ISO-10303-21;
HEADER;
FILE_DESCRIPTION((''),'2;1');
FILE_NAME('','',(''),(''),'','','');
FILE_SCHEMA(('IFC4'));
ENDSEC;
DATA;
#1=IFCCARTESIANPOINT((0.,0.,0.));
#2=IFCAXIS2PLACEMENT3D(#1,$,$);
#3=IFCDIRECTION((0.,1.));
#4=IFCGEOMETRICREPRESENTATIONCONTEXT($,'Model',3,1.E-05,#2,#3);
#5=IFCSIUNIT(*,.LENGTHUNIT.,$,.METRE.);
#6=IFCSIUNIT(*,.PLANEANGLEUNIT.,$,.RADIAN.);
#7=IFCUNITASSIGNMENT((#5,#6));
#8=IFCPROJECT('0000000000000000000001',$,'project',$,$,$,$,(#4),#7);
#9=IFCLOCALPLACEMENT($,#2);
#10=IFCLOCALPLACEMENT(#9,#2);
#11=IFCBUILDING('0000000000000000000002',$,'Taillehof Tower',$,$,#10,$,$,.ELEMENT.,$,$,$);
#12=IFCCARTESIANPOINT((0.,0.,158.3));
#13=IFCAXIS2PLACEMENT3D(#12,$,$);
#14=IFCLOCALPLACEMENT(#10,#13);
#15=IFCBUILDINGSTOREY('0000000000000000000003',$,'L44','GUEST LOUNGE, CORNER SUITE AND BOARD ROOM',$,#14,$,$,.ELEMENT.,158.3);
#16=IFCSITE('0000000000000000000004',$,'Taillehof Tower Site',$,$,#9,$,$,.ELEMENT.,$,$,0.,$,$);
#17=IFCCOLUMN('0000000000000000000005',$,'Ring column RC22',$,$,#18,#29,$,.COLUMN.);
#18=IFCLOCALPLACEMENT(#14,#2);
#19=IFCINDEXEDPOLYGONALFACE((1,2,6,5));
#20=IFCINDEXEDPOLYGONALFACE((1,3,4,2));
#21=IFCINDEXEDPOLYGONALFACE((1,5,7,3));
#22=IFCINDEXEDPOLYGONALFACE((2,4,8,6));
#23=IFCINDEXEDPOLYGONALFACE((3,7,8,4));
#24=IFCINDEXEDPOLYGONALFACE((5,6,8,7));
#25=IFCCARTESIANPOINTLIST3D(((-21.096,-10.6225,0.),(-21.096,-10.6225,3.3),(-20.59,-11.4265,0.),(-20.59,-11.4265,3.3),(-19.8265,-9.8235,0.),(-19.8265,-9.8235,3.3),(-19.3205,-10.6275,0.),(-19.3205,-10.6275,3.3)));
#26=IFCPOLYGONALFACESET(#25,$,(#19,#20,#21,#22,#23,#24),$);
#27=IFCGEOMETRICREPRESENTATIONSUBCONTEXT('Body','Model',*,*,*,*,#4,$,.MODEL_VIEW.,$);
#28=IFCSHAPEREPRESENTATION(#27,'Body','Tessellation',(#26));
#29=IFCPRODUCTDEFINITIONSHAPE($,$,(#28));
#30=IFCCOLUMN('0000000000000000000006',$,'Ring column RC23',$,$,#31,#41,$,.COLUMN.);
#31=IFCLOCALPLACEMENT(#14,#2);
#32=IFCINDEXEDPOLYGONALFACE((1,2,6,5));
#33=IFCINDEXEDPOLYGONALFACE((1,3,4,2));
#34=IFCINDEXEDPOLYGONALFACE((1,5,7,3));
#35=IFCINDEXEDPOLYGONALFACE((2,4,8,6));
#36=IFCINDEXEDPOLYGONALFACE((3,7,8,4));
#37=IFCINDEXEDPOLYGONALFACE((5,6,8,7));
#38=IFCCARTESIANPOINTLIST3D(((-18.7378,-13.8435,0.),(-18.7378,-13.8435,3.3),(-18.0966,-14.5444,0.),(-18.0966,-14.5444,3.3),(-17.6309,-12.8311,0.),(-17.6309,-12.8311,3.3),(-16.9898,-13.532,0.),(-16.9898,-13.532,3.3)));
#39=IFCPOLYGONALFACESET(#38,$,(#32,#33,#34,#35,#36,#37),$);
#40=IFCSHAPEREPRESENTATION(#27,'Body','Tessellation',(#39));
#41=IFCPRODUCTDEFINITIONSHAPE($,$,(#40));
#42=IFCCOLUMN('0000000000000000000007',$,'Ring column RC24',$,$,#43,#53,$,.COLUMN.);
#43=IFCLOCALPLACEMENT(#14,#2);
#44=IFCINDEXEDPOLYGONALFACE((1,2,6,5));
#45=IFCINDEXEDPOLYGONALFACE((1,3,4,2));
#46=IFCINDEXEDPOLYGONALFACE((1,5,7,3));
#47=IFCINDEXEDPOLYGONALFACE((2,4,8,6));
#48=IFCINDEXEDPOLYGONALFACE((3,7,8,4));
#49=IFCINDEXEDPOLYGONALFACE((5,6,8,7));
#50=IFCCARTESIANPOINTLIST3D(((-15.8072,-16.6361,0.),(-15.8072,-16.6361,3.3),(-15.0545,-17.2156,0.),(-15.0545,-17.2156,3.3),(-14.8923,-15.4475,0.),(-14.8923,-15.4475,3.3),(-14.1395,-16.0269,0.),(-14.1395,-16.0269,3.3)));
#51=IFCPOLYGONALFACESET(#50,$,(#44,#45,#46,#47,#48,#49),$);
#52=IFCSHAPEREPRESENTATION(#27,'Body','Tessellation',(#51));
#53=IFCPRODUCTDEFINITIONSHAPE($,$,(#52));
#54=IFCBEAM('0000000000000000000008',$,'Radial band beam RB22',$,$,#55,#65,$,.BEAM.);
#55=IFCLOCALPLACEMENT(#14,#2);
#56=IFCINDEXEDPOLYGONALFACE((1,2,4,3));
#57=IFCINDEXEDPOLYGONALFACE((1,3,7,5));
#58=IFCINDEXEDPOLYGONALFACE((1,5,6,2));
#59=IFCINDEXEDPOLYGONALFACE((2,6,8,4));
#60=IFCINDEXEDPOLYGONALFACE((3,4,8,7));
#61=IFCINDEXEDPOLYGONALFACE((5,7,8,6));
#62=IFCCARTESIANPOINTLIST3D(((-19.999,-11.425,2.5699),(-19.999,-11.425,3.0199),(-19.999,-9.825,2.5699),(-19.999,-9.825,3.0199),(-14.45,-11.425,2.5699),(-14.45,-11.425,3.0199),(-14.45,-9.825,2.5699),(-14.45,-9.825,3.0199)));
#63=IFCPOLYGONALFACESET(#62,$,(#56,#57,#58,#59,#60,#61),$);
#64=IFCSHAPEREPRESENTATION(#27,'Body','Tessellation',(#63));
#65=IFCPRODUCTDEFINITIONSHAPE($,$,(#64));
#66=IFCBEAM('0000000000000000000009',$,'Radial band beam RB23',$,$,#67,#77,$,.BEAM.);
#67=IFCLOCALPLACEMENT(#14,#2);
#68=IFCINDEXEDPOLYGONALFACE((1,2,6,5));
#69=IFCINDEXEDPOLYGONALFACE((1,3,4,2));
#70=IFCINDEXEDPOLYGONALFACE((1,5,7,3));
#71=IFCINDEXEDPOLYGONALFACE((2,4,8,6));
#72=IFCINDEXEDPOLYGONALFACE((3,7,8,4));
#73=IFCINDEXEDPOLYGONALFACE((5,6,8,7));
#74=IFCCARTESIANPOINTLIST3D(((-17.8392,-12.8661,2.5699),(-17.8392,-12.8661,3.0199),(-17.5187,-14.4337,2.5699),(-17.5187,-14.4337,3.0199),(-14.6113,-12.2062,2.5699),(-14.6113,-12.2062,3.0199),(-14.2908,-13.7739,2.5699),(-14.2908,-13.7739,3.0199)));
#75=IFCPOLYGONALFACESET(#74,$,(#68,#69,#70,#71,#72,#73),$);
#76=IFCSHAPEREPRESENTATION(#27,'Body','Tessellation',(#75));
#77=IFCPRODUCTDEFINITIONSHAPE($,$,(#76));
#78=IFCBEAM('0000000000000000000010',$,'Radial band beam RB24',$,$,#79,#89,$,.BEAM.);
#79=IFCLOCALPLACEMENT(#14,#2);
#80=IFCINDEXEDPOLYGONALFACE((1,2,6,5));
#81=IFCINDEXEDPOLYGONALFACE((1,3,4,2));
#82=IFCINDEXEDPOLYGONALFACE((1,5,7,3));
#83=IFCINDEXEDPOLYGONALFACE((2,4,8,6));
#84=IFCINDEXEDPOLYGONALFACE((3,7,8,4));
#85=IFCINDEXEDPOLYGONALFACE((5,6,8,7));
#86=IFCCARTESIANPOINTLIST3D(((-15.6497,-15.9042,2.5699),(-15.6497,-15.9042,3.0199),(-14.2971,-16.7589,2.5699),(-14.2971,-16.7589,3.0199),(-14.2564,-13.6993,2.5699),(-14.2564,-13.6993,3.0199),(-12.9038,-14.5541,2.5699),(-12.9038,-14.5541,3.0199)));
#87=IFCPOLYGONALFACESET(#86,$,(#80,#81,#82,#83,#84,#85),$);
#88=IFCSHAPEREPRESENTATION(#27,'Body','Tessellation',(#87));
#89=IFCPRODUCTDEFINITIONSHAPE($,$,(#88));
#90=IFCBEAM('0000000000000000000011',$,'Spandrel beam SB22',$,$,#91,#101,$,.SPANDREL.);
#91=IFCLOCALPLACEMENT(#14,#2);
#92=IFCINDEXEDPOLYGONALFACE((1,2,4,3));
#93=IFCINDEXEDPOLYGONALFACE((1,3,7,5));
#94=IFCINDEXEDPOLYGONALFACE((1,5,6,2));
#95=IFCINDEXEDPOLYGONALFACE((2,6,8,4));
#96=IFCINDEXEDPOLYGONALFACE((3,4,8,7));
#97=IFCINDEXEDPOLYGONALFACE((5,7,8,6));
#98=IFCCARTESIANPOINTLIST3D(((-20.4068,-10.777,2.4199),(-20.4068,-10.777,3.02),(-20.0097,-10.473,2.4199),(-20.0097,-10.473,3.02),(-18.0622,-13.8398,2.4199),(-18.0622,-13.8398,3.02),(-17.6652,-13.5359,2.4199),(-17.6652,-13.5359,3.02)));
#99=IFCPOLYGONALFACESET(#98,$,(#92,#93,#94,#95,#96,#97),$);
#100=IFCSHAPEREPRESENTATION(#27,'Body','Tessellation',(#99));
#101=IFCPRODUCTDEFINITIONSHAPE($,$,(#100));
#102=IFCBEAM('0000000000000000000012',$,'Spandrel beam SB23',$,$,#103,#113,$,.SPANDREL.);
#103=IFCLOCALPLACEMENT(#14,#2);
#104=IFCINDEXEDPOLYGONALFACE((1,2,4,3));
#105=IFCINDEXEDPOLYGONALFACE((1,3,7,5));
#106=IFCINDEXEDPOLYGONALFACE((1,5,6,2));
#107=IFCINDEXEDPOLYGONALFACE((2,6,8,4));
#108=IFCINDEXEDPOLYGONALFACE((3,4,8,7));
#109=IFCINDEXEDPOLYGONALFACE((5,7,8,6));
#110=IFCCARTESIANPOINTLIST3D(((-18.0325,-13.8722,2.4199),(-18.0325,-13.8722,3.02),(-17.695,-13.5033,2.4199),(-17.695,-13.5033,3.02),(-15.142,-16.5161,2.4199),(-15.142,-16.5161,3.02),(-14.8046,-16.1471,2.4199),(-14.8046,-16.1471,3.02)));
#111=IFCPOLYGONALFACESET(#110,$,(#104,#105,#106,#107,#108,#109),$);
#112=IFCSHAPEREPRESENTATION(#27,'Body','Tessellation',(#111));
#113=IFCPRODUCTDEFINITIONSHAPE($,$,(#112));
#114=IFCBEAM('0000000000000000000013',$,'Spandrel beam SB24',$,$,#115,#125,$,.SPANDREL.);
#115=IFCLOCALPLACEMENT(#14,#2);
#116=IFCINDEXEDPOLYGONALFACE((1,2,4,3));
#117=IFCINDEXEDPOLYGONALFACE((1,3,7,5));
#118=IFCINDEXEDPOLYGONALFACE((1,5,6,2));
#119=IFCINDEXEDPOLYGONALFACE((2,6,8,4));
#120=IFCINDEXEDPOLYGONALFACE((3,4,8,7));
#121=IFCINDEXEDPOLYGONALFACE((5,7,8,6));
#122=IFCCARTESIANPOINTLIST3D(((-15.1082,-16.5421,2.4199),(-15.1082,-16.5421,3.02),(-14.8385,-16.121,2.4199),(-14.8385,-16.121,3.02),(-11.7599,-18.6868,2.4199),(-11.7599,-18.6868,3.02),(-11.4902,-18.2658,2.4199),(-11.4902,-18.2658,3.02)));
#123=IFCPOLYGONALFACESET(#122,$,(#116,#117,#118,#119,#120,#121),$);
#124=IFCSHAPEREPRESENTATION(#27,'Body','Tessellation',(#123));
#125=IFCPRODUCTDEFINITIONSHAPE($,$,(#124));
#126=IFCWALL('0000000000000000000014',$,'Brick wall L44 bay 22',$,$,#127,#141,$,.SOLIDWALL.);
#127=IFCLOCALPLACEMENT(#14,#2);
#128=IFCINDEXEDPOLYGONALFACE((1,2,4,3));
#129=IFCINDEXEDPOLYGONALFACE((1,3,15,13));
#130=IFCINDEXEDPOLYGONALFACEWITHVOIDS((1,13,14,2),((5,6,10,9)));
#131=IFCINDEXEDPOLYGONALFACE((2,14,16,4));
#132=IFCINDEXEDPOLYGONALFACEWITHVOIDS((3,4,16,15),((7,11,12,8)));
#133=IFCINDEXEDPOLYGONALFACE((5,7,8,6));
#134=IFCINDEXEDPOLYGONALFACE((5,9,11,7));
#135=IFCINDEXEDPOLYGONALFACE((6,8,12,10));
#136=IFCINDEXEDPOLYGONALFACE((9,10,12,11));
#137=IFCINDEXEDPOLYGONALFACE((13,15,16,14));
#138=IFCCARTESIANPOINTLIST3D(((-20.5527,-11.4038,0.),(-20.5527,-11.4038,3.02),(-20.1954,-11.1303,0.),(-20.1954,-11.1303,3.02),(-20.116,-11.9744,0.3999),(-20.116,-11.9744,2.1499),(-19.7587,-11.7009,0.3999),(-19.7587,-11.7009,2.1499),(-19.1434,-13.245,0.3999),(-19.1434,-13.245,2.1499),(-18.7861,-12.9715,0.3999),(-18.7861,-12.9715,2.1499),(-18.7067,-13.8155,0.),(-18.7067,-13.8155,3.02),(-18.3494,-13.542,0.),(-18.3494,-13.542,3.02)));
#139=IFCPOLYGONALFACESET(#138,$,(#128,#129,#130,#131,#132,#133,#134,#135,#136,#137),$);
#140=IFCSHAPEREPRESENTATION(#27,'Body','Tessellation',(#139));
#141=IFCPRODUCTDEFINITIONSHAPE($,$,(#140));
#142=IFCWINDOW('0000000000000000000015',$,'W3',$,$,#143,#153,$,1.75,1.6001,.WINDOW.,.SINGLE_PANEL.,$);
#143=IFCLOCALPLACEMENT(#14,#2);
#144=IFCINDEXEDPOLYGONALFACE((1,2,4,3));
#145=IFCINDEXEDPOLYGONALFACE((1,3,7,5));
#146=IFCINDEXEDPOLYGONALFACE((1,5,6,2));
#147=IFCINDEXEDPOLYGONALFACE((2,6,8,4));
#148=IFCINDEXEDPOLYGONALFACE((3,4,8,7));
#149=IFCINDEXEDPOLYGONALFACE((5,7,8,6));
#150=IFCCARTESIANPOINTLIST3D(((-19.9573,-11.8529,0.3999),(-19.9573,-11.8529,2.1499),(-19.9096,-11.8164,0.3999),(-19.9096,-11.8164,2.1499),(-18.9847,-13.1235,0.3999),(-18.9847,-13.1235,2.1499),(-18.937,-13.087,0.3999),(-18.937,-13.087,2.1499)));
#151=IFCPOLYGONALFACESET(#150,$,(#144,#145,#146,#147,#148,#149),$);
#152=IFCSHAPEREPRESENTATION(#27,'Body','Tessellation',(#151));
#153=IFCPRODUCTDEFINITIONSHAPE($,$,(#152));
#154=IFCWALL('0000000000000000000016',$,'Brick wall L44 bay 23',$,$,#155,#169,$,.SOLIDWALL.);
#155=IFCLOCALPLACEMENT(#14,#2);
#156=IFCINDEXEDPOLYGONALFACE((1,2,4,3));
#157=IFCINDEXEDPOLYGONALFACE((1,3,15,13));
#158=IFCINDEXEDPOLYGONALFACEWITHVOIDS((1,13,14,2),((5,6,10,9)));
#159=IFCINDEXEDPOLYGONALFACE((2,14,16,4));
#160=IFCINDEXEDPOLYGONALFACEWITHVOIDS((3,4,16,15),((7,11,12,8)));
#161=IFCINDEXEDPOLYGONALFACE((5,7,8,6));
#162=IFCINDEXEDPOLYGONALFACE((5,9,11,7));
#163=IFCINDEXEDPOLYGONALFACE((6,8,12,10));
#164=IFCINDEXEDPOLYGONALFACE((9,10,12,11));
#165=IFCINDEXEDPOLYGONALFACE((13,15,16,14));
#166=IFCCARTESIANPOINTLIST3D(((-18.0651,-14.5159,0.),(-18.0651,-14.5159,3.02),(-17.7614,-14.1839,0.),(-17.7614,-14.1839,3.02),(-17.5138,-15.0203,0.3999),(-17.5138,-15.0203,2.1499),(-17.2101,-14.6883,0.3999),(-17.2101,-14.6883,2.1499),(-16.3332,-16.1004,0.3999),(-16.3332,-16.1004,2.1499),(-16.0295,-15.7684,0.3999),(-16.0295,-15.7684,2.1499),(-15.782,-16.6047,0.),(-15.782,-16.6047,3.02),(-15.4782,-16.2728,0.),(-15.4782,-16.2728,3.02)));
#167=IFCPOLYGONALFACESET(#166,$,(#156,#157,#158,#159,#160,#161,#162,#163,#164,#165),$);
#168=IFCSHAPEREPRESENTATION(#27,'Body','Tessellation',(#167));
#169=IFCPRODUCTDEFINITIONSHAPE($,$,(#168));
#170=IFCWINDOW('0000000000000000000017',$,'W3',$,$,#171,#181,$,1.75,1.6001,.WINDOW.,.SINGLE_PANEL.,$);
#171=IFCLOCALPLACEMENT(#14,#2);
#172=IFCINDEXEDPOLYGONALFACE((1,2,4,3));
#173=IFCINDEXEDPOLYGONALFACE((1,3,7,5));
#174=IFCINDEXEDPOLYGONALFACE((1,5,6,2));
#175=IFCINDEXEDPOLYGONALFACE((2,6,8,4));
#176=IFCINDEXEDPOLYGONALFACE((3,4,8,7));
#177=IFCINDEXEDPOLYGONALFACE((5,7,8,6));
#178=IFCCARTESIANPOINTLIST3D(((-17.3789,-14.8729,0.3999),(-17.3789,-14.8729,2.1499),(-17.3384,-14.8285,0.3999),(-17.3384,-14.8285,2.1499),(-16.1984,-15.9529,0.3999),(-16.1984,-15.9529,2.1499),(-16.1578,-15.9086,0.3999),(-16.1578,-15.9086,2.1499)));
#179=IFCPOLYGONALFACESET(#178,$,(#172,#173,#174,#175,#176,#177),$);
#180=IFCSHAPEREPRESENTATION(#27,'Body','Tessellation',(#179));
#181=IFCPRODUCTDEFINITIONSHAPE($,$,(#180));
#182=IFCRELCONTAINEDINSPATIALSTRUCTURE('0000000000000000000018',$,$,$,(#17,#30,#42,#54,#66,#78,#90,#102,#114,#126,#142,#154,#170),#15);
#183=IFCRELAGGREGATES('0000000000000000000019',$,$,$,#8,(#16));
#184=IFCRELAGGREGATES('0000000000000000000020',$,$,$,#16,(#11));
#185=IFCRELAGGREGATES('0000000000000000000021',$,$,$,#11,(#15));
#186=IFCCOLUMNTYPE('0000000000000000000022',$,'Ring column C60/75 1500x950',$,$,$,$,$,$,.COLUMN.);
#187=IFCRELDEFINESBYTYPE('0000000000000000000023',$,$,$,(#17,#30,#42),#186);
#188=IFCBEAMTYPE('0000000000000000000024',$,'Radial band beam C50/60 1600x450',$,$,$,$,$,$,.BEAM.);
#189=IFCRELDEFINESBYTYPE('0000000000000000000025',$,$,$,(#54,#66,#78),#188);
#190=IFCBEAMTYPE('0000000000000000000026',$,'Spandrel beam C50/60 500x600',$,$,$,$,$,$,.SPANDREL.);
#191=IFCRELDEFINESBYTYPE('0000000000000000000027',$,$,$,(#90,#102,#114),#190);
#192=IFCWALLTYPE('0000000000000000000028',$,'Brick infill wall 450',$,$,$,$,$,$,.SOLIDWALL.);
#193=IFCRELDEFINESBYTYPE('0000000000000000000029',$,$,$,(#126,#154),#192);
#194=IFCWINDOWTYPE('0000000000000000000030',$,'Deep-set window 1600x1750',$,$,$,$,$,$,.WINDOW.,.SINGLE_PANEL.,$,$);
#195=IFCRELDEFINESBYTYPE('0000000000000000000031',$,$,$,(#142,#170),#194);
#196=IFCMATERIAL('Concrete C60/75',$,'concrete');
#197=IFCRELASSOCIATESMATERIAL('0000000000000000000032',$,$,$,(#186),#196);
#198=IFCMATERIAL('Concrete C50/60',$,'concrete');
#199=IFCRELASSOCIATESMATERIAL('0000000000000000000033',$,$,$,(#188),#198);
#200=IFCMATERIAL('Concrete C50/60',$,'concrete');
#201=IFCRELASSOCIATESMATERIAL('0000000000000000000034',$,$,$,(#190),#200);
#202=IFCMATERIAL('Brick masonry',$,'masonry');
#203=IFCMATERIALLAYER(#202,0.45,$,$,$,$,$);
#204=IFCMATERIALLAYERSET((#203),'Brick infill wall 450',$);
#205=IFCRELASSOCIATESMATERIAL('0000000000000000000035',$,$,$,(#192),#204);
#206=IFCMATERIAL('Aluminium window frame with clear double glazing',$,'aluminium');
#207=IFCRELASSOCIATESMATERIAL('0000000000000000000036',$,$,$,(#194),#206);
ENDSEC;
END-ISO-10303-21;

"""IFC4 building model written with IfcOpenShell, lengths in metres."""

from ifc_helpers import new_model, si_unit, direction, frame, frame_2d, origin, origin_2d, place, context, subcontext, project, spatial, rectangle, extrude, material, layer, layer_set, material_profile, profile_set, type_object, element, fill, save


model = new_model("IFC4")

# Units and contexts
model_context = context("Model", 3, precision=1e-05, world=origin(), true_north=direction((0.0, 1.0)))
body_context = subcontext(model_context, "Body", "Model", "MODEL_VIEW")
ifc_project = project(units=[si_unit("LENGTHUNIT", "METRE"), si_unit("PLANEANGLEUNIT", "RADIAN")], contexts=[model_context])

# Site, building, storey
site_placement = place(None, origin())
site = spatial("IfcSite", under=ifc_project, at=site_placement, Name="Taillehof Tower Site", CompositionType="ELEMENT", RefElevation=0.0)
building_placement = place(site_placement, origin())
building = spatial("IfcBuilding", under=site, at=building_placement, Name="Taillehof Tower", CompositionType="ELEMENT")
storey_placement = place(building_placement, frame((0.0, 0.0, 158.3)))
storey = spatial("IfcBuildingStorey", under=building, at=storey_placement, Name="L44", Description="GUEST LOUNGE, CORNER SUITE AND BOARD ROOM", CompositionType="ELEMENT", Elevation=158.3)

# Columns
ifc_material_1 = material(Name="Concrete C60/75", Category="concrete")
ifc_material_profile_1 = material_profile(ifc_material_1, rectangle(XDim=1.5, YDim=0.95, at=origin_2d()), Name="RC 1500x950")
ifc_profile_set_1 = profile_set([ifc_material_profile_1], Name="Concrete C60/75")
column_type = type_object("IfcColumnType", Name="Ring column C60/75 1500x950", PredefinedType="COLUMN", material=ifc_profile_set_1)
for number, where, z_axis, x_axis, name in (
    (1, (-20.2083, -10.625, 0.0), (0.0, 0.0, 1.0), (-0.846334, -0.532652, 0.0), "Ring column RC22"),
    (2, (-17.8638, -13.6877, 0.0), (0.0, 0.0, 1.0), (-0.737879, -0.674933, 0.0), "Ring column RC23"),
    (3, (-14.9734, -16.3315, 0.0), (0.0, 0.0, 1.0), (-0.609971, -0.792424, 0.0), "Ring column RC24"),
):
    element("IfcColumn", number, at=place(storey_placement, frame(where, z_axis=z_axis, x_axis=x_axis)), inside=storey, type_object=column_type, Name=name, PredefinedType="COLUMN", context=body_context, shape_type="SweptSolid", body=[
        extrude(rectangle(XDim=1.5, YDim=0.95, at=origin_2d()), origin(), (0.0, 0.0, 1.0), 3.3),
    ])

# Beams
ifc_material_2 = material(Name="Concrete C50/60", Category="concrete")
ifc_material_profile_2 = material_profile(ifc_material_2, rectangle(XDim=1.6001, YDim=0.45, at=origin_2d()), Name="RC 1600x450")
ifc_profile_set_2 = profile_set([ifc_material_profile_2], Name="Concrete C50/60")
beam_type_1 = type_object("IfcBeamType", Name="Radial band beam C50/60 1600x450", PredefinedType="BEAM", material=ifc_profile_set_2)
beam_1_placement = place(storey_placement, frame((-19.999, -10.625, 2.7949), z_axis=(1.0, 0.0, 0.0), x_axis=(0.0, 1.0, 0.0)))
element("IfcBeam", 4, at=beam_1_placement, inside=storey, type_object=beam_type_1, Name="Radial band beam RB22", PredefinedType="BEAM", context=body_context, shape_type="SweptSolid", body=[
    extrude(rectangle(XDim=1.6001, YDim=0.45, at=origin_2d()), origin(), (0.0, 0.0, 1.0), 5.5491),
])
beam_2_placement = place(storey_placement, frame((-17.679, -13.6499, 2.7949), z_axis=(0.979737, 0.20029, 0.0), x_axis=(-0.20029, 0.979737, 0.0)))
element("IfcBeam", 5, at=beam_2_placement, inside=storey, type_object=beam_type_1, Name="Radial band beam RB23", PredefinedType="BEAM", context=body_context, shape_type="SweptSolid", body=[
    extrude(rectangle(XDim=1.6001, YDim=0.45, at=origin_2d()), origin(), (0.0, 0.0, 1.0), 3.2947),
])
beam_3_placement = place(storey_placement, frame((-14.9734, -16.3315, 2.7949), z_axis=(0.534208, 0.845353, 0.0), x_axis=(-0.845353, 0.534208, 0.0)))
element("IfcBeam", 6, at=beam_3_placement, inside=storey, type_object=beam_type_1, Name="Radial band beam RB24", PredefinedType="BEAM", context=body_context, shape_type="SweptSolid", body=[
    extrude(rectangle(XDim=1.6001, YDim=0.45, at=origin_2d()), origin(), (0.0, 0.0, 1.0), 2.6082),
])
ifc_material_3 = material(Name="Concrete C50/60", Category="concrete")
ifc_material_profile_3 = material_profile(ifc_material_3, rectangle(XDim=0.5, YDim=0.6001, at=origin_2d()), Name="RC 500x600")
ifc_profile_set_3 = profile_set([ifc_material_profile_3], Name="Concrete C50/60")
beam_type_2 = type_object("IfcBeamType", Name="Spandrel beam C50/60 500x600", PredefinedType="SPANDREL", material=ifc_profile_set_3)
beam_4_placement = place(storey_placement, frame((-20.2083, -10.625, 2.72), z_axis=(0.60784, -0.794059, 0.0), x_axis=(0.794059, 0.60784, 0.0)))
element("IfcBeam", 7, at=beam_4_placement, inside=storey, type_object=beam_type_2, Name="Spandrel beam SB22", PredefinedType="SPANDREL", context=body_context, shape_type="SweptSolid", body=[
    extrude(rectangle(XDim=0.5, YDim=0.6001, at=origin_2d()), origin(), (0.0, 0.0, 1.0), 3.8572),
])
beam_5_placement = place(storey_placement, frame((-17.8638, -13.6877, 2.72), z_axis=(0.737881, -0.674931, 0.0), x_axis=(0.674931, 0.737881, 0.0)))
element("IfcBeam", 8, at=beam_5_placement, inside=storey, type_object=beam_type_2, Name="Spandrel beam SB23", PredefinedType="SPANDREL", context=body_context, shape_type="SweptSolid", body=[
    extrude(rectangle(XDim=0.5, YDim=0.6001, at=origin_2d()), origin(), (0.0, 0.0, 1.0), 3.9172),
])
beam_6_placement = place(storey_placement, frame((-14.9734, -16.3315, 2.72), z_axis=(0.842065, -0.539376, 0.0), x_axis=(0.539376, 0.842065, 0.0)))
element("IfcBeam", 9, at=beam_6_placement, inside=storey, type_object=beam_type_2, Name="Spandrel beam SB24", PredefinedType="SPANDREL", context=body_context, shape_type="SweptSolid", body=[
    extrude(rectangle(XDim=0.5, YDim=0.6001, at=origin_2d()), origin(), (0.0, 0.0, 1.0), 3.9763),
])

# Walls, openings, windows
ifc_material_4 = material(Name="Brick masonry", Category="masonry")
ifc_layer_1 = layer(ifc_material_4, 0.45)
ifc_layer_set_1 = layer_set([ifc_layer_1], Name="Brick infill wall 450")
wall_type_1 = type_object("IfcWallType", Name="Brick infill wall 450", PredefinedType="SOLIDWALL", material=ifc_layer_set_1)
wall_1_placement = place(storey_placement, frame((-20.374, -11.2671, 0.0), z_axis=(0.0, 0.0, 1.0), x_axis=(0.607817, -0.794077, 0.0)))
wall_1 = element("IfcWall", 10, at=wall_1_placement, inside=storey, type_object=wall_type_1, Name="Brick wall L44 bay 22", PredefinedType="SOLIDWALL", context=body_context, shape_type="SweptSolid", body=[
    extrude(rectangle(XDim=3.0371, YDim=0.45, at=frame_2d((1.5186, 0.0))), origin(), (0.0, 0.0, 1.0), 3.02),
])
opening_1_placement = place(wall_1_placement, frame((0.7185, 0.0, 0.3999)))
opening_1 = element("IfcOpeningElement", 11, at=opening_1_placement, cuts=wall_1, PredefinedType="OPENING", context=body_context, shape_type="SweptSolid", body=[
    extrude(rectangle(XDim=1.6001, YDim=1.75, at=frame_2d((0.8, 0.875))), frame((0.0, 0.2349, 0.0), z_axis=(0.0, -1.0, 0.0), x_axis=(1.0, 0.0, 0.0)), (0.0, 0.0, 1.0), 0.47),
])
ifc_material_5 = material(Name="Aluminium window frame with clear double glazing", Category="aluminium")
window_type = type_object("IfcWindowType", Name="Deep-set window 1600x1750", PartitioningType="SINGLE_PANEL", PredefinedType="WINDOW", material=ifc_material_5)
window_1_placement = place(opening_1_placement, origin())
window_1 = element("IfcWindow", 12, at=window_1_placement, inside=storey, type_object=window_type, Name="W3", OverallHeight=1.75, OverallWidth=1.6001, PartitioningType="SINGLE_PANEL", PredefinedType="WINDOW", context=body_context, shape_type="SweptSolid", body=[
    extrude(rectangle(XDim=1.6001, YDim=1.75, at=frame_2d((0.8, 0.875))), frame((0.0, 0.0349, 0.0), z_axis=(0.0, -1.0, 0.0), x_axis=(1.0, 0.0, 0.0)), (0.0, 0.0, 1.0), 0.0601),
])
fill(opening_1, window_1)
wall_2_placement = place(storey_placement, frame((-17.9133, -14.3499, 0.0), z_axis=(0.0, 0.0, 1.0), x_axis=(0.737809, -0.67501, 0.0)))
wall_2 = element("IfcWall", 13, at=wall_2_placement, inside=storey, type_object=wall_type_1, Name="Brick wall L44 bay 23", PredefinedType="SOLIDWALL", context=body_context, shape_type="SweptSolid", body=[
    extrude(rectangle(XDim=3.0945, YDim=0.45, at=frame_2d((1.5474, 0.0))), origin(), (0.0, 0.0, 1.0), 3.02),
])
opening_2_placement = place(wall_2_placement, frame((0.7473, 0.0, 0.3999)))
opening_2 = element("IfcOpeningElement", 14, at=opening_2_placement, cuts=wall_2, PredefinedType="OPENING", context=body_context, shape_type="SweptSolid", body=[
    extrude(rectangle(XDim=1.6001, YDim=1.75, at=frame_2d((0.8, 0.875))), frame((0.0, 0.2349, 0.0), z_axis=(0.0, -1.0, 0.0), x_axis=(1.0, 0.0, 0.0)), (0.0, 0.0, 1.0), 0.47),
])
window_2_placement = place(opening_2_placement, origin())
window_2 = element("IfcWindow", 15, at=window_2_placement, inside=storey, type_object=window_type, Name="W3", OverallHeight=1.75, OverallWidth=1.6001, PartitioningType="SINGLE_PANEL", PredefinedType="WINDOW", context=body_context, shape_type="SweptSolid", body=[
    extrude(rectangle(XDim=1.6001, YDim=1.75, at=frame_2d((0.8, 0.875))), frame((0.0, 0.0349, 0.0), z_axis=(0.0, -1.0, 0.0), x_axis=(1.0, 0.0, 0.0)), (0.0, 0.0, 1.0), 0.0601),
])
fill(opening_2, window_2)

save(model, "model.ifc")
